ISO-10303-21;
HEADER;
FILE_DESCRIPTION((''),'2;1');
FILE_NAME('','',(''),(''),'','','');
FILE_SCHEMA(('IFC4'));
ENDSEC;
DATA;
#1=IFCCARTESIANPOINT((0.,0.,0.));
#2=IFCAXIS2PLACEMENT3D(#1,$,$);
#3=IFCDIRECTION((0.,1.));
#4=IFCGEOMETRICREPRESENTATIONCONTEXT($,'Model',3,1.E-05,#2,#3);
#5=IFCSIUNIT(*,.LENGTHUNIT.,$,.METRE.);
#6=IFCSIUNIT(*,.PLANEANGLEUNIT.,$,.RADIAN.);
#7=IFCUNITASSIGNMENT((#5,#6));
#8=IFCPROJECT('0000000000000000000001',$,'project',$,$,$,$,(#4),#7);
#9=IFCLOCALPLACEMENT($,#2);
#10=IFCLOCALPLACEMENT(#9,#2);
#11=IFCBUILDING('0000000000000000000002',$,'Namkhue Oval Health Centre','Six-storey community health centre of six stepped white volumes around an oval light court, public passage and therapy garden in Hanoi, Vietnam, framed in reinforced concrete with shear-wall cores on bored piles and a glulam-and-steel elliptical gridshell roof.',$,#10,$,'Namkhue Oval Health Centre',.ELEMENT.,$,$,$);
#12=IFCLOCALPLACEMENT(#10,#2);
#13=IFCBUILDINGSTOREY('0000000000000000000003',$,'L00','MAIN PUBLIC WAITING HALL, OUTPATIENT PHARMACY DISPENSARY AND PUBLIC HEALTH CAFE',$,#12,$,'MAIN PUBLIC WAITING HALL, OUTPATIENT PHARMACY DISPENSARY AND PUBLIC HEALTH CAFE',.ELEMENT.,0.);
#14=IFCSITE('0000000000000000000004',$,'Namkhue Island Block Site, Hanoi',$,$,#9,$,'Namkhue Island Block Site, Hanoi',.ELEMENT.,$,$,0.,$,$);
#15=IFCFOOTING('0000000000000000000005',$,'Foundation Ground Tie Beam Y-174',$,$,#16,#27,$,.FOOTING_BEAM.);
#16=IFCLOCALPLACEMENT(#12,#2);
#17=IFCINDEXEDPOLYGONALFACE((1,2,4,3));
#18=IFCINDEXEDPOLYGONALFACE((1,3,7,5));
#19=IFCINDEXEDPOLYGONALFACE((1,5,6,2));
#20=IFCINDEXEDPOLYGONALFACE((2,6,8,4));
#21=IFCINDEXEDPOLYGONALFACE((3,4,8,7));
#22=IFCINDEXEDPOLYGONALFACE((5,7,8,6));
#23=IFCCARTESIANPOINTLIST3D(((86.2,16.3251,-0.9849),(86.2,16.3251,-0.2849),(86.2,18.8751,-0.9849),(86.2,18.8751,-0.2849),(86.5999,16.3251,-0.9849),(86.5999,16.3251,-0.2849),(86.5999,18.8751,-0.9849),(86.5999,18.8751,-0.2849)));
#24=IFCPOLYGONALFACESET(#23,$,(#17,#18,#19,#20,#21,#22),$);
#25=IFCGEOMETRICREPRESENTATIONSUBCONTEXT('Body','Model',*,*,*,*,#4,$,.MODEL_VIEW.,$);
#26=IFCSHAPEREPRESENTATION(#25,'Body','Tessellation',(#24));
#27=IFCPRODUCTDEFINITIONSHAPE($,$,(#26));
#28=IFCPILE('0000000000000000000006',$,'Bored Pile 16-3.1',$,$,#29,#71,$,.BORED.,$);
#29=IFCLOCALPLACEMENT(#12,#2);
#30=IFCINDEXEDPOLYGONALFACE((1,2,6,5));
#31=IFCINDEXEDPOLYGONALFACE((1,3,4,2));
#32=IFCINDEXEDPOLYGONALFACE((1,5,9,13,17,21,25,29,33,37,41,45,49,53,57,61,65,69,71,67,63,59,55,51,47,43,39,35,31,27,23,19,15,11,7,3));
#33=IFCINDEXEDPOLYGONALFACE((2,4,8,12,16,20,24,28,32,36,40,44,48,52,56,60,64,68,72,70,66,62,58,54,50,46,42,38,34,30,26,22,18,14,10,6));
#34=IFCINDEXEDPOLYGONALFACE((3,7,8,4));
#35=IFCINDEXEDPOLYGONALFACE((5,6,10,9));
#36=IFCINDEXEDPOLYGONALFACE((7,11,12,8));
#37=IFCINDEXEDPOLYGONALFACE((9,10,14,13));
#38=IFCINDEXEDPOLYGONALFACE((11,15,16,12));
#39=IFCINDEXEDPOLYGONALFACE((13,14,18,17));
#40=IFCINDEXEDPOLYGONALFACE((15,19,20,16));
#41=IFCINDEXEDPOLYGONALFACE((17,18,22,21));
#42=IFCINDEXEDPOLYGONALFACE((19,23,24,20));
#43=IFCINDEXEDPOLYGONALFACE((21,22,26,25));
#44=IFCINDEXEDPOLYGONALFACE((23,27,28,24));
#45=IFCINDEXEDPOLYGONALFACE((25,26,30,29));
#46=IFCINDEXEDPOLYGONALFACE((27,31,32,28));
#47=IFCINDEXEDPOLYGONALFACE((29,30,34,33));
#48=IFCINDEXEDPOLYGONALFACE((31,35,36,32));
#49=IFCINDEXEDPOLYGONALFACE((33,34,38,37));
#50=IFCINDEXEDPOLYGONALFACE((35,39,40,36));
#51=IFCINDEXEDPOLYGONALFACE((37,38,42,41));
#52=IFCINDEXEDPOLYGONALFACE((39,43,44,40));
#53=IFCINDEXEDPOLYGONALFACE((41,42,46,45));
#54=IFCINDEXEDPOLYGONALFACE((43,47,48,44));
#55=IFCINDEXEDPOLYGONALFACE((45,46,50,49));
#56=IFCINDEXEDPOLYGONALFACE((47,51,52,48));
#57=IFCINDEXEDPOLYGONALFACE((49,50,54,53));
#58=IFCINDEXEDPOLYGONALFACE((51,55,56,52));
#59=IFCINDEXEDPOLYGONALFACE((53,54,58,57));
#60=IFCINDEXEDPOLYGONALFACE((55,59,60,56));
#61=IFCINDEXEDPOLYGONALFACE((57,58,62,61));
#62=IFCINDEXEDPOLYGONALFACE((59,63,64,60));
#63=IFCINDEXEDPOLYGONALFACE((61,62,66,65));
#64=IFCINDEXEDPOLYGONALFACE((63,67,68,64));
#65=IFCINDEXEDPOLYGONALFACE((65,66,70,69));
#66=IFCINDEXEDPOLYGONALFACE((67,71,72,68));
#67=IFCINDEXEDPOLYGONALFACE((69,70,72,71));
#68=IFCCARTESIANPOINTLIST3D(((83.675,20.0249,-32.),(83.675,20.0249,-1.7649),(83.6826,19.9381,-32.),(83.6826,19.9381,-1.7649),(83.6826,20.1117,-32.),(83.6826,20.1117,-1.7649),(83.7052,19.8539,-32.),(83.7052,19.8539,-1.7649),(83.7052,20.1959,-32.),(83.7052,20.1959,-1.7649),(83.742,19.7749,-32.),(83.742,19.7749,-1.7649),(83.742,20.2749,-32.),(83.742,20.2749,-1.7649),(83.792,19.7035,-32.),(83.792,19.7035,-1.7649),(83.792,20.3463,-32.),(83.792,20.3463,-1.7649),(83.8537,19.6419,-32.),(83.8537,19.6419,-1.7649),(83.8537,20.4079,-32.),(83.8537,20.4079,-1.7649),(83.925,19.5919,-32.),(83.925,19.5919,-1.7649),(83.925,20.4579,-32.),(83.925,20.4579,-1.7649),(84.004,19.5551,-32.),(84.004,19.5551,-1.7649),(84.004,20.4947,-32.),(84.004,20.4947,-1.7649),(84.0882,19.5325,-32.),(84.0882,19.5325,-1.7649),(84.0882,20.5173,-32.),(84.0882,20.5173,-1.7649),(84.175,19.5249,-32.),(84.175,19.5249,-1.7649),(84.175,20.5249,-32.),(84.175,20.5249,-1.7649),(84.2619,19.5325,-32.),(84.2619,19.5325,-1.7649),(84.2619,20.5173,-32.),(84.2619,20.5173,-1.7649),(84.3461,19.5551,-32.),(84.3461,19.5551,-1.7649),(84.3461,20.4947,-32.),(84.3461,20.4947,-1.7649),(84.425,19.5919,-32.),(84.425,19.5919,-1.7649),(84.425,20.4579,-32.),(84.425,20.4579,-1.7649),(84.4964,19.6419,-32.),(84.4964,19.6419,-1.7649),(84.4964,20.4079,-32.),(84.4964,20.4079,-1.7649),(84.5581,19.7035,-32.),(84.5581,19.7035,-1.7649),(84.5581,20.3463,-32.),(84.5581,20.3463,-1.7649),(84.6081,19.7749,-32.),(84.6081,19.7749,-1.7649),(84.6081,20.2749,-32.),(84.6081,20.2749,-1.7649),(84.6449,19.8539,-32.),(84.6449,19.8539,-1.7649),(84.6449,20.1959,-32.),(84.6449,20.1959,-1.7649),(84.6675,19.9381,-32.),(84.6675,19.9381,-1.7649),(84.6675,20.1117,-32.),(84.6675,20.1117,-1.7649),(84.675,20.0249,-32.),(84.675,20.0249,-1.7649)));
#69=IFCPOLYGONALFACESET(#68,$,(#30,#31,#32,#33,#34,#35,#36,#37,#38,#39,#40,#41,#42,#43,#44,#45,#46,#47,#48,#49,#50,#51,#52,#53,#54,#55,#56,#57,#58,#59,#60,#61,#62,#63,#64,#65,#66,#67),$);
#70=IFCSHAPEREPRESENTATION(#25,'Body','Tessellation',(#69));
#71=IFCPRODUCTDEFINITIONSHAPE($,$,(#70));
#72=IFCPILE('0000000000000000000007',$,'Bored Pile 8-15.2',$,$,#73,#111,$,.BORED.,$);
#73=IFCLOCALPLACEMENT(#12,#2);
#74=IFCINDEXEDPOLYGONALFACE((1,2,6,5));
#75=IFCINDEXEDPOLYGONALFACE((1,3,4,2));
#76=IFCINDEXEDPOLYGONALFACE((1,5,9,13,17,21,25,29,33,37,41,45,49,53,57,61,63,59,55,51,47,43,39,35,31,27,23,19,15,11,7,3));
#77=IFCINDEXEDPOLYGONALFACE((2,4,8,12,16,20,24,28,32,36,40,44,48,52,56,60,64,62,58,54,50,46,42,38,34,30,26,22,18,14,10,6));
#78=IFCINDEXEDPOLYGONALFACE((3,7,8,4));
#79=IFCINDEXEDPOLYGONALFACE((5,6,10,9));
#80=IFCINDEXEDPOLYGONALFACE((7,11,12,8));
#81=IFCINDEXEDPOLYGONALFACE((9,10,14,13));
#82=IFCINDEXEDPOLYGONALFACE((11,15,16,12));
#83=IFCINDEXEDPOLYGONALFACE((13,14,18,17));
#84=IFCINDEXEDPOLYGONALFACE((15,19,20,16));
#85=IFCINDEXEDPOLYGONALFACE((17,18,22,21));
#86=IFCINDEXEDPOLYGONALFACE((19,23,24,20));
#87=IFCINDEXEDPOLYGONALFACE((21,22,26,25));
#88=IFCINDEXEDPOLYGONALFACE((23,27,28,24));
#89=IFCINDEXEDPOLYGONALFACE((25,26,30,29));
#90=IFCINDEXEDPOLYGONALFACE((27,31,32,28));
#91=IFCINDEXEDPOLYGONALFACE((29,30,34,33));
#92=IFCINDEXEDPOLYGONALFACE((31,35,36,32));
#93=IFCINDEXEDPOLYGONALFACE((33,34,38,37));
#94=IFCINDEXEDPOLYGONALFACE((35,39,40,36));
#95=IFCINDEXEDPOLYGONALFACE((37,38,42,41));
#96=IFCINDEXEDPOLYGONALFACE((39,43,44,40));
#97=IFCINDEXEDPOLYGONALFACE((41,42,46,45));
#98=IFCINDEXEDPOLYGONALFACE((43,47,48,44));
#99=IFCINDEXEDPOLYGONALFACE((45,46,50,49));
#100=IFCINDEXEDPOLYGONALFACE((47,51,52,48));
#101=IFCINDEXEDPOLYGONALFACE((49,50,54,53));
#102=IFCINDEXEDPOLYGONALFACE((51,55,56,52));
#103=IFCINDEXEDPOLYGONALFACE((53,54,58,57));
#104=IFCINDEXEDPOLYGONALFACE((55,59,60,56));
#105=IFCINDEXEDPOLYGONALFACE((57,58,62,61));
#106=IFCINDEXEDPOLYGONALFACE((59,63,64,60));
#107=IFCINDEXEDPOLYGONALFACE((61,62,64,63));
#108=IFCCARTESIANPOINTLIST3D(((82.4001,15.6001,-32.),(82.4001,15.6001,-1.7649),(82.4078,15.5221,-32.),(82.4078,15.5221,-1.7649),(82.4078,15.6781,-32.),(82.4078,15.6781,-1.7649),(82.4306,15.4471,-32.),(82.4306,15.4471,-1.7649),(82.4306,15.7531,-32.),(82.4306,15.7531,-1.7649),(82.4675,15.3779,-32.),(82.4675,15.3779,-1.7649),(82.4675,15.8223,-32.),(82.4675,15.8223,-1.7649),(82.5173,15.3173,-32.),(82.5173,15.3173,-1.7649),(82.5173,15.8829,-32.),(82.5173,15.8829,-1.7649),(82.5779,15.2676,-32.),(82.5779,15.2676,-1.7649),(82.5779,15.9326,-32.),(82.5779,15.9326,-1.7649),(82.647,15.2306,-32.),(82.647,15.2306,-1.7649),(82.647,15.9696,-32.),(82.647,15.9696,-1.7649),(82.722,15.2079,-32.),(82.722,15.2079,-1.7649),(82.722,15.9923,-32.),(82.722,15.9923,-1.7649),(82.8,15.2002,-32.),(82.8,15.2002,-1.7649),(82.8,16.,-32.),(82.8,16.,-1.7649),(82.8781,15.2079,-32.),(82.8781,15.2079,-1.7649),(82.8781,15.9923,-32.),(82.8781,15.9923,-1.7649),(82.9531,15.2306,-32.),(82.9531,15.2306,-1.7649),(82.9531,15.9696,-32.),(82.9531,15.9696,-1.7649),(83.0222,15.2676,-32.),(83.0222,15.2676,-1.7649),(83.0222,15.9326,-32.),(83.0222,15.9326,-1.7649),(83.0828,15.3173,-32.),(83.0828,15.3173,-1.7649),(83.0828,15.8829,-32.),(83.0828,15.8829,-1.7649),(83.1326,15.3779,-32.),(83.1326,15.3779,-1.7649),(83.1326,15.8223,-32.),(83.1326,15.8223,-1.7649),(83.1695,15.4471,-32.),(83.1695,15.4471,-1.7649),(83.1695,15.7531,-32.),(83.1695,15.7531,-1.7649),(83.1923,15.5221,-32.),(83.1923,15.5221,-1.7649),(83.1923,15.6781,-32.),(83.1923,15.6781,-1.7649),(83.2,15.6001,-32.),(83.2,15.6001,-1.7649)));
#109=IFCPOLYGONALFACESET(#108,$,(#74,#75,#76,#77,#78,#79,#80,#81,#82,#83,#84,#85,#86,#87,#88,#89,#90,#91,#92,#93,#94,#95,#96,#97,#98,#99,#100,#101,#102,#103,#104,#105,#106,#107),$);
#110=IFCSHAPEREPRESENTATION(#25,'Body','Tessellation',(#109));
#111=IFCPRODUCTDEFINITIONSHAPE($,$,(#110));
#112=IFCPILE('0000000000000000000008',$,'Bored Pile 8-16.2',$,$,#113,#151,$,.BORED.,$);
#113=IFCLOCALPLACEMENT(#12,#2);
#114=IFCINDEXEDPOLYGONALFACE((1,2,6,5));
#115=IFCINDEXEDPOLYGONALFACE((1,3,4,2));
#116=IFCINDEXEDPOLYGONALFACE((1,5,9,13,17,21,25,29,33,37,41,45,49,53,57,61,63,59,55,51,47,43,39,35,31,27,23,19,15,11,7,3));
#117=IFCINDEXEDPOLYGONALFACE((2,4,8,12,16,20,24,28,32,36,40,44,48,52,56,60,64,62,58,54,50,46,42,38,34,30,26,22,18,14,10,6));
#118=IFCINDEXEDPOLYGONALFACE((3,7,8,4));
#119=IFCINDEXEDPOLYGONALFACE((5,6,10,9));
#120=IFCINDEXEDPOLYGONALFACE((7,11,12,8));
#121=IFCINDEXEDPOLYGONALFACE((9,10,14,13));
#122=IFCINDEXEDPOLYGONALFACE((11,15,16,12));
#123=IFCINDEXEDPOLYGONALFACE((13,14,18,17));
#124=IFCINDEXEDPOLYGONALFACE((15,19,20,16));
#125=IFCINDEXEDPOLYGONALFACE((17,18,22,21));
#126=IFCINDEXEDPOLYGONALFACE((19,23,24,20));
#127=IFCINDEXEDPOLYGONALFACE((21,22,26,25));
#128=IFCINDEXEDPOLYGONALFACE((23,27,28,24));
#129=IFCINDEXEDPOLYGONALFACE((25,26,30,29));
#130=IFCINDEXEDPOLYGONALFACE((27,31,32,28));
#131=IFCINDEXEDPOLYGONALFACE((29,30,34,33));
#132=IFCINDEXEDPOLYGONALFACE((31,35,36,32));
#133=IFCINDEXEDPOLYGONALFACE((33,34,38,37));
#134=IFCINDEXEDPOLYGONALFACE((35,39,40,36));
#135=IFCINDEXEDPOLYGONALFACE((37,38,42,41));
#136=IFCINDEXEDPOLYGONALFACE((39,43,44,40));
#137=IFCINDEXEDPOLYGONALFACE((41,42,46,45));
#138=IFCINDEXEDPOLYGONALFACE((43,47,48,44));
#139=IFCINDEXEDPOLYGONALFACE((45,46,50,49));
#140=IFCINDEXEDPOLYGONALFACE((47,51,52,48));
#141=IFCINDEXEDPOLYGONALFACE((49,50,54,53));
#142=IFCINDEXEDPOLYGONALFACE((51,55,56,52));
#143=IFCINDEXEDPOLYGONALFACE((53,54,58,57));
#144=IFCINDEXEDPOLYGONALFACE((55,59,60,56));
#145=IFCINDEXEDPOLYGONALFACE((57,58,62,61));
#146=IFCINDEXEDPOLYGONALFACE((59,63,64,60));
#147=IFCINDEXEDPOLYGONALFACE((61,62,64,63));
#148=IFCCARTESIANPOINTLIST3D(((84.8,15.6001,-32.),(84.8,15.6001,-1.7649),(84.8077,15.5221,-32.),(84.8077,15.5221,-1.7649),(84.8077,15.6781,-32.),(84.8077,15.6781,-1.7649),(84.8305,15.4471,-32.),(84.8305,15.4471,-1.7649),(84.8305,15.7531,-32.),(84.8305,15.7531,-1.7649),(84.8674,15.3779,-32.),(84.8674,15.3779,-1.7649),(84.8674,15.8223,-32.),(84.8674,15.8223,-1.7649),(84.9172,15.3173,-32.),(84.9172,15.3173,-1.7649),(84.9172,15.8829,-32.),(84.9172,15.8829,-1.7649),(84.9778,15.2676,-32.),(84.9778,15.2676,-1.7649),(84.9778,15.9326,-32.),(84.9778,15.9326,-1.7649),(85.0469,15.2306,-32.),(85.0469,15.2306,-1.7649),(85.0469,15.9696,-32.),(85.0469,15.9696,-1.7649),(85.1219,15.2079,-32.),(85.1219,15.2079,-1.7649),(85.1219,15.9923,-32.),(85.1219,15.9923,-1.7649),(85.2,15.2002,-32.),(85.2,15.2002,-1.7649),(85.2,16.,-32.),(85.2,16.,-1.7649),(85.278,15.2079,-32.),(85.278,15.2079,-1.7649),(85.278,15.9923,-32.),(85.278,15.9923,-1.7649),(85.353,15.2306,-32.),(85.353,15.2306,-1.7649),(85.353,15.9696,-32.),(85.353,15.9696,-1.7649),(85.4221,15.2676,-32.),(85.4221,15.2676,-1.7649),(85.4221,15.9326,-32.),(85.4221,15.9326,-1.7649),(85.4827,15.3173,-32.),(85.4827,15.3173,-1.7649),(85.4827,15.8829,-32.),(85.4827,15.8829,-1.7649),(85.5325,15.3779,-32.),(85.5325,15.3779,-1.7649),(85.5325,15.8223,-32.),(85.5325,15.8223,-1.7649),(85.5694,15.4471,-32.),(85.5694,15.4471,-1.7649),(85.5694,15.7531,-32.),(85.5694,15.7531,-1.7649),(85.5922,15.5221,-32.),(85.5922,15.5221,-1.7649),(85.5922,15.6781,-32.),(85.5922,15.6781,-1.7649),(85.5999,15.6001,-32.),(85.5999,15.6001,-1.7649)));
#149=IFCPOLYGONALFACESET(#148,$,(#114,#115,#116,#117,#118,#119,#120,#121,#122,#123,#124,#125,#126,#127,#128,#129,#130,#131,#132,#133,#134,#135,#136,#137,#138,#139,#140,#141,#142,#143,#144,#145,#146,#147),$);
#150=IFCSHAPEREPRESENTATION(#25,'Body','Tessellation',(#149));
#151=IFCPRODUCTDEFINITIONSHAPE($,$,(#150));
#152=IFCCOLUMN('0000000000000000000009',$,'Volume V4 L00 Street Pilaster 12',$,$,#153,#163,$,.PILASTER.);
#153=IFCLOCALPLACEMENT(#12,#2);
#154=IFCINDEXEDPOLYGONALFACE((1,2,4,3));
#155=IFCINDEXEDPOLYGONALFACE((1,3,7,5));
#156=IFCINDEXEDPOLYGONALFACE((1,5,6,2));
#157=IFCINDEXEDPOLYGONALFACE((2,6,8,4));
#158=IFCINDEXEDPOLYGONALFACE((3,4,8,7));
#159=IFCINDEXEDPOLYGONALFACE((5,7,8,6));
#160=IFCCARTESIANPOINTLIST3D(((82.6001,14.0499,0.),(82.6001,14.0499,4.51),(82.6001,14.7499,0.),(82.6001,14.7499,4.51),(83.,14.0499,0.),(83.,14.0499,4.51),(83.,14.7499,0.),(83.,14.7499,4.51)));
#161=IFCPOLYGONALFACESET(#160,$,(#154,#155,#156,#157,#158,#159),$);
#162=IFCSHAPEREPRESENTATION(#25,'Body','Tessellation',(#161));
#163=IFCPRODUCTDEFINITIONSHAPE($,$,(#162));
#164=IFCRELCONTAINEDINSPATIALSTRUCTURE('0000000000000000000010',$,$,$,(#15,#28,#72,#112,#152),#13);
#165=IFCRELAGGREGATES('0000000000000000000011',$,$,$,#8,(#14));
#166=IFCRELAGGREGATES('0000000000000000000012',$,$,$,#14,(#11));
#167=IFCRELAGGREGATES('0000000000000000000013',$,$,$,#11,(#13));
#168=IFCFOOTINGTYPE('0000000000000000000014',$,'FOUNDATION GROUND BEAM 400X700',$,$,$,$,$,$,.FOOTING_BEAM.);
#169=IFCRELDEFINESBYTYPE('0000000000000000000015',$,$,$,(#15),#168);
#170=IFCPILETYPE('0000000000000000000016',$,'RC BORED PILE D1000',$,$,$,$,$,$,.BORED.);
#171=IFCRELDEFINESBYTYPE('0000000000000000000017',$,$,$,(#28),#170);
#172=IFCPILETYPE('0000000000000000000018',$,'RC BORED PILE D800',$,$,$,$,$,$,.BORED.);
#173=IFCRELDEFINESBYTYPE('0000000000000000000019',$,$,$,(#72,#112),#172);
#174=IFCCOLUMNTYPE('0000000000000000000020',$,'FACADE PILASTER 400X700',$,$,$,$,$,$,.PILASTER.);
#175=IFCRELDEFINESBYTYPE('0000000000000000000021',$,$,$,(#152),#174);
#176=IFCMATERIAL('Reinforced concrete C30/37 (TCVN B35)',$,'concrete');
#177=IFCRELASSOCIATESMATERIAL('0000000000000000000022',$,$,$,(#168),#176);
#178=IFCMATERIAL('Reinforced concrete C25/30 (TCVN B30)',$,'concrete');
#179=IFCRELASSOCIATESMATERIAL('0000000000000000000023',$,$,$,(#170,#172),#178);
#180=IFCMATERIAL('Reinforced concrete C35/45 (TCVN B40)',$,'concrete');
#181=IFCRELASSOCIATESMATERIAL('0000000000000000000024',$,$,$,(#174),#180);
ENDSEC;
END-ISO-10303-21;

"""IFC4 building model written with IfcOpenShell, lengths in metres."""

from ifc_helpers import new_model, si_unit, direction, frame, origin, origin_2d, place, context, subcontext, project, spatial, rectangle, circle, extrude, material, material_profile, profile_set, type_object, element, save


model = new_model("IFC4")

# Units and contexts
model_context = context("Model", 3, precision=1e-05, world=origin(), true_north=direction((0.0, 1.0)))
body_context = subcontext(model_context, "Body", "Model", "MODEL_VIEW")
ifc_project = project(units=[si_unit("LENGTHUNIT", "METRE"), si_unit("PLANEANGLEUNIT", "RADIAN")], contexts=[model_context])

# Site, building, storey
site_placement = place(None, origin())
site = spatial("IfcSite", under=ifc_project, at=site_placement, Name="Namkhue Island Block Site, Hanoi", LongName="Namkhue Island Block Site, Hanoi", CompositionType="ELEMENT", RefElevation=0.0)
building_placement = place(site_placement, origin())
building = spatial("IfcBuilding", under=site, at=building_placement, Name="Namkhue Oval Health Centre", Description="Six-storey community health centre of six stepped white volumes around an oval light court, public passage and therapy garden in Hanoi, Vietnam, framed in reinforced concrete with shear-wall cores on bored piles and a glulam-and-steel elliptical gridshell roof.", LongName="Namkhue Oval Health Centre", CompositionType="ELEMENT")
storey_placement = place(building_placement, origin())
storey = spatial("IfcBuildingStorey", under=building, at=storey_placement, Name="L00", Description="MAIN PUBLIC WAITING HALL, OUTPATIENT PHARMACY DISPENSARY AND PUBLIC HEALTH CAFE", LongName="MAIN PUBLIC WAITING HALL, OUTPATIENT PHARMACY DISPENSARY AND PUBLIC HEALTH CAFE", CompositionType="ELEMENT", Elevation=0.0)

# Footing
ifc_material_1 = material(Name="Reinforced concrete C30/37 (TCVN B35)", Category="concrete")
footing_type = type_object("IfcFootingType", Name="FOUNDATION GROUND BEAM 400X700", PredefinedType="FOOTING_BEAM", material=ifc_material_1)
footing_placement = place(storey_placement, frame((86.3999, 17.6001, -0.9849), z_axis=(0.0, 0.0, 1.0), x_axis=(0.0, 1.0, 0.0)))
element("IfcFooting", 1, at=footing_placement, inside=storey, type_object=footing_type, Name="Foundation Ground Tie Beam Y-174", PredefinedType="FOOTING_BEAM", context=body_context, shape_type="SweptSolid", body=[
    extrude(rectangle(XDim=2.55, YDim=0.3999, at=origin_2d()), origin(), (0.0, 0.0, 1.0), 0.7),
])

# Piles
ifc_material_2 = material(Name="Reinforced concrete C25/30 (TCVN B30)", Category="concrete")
ifc_material_profile_1 = material_profile(ifc_material_2, circle(Radius=0.5, at=origin_2d()), Name="BORED PILE D1000")
ifc_profile_set_1 = profile_set([ifc_material_profile_1], Name="Reinforced concrete C25/30 (TCVN B30)")
pile_type_1 = type_object("IfcPileType", Name="RC BORED PILE D1000", PredefinedType="BORED", material=ifc_profile_set_1)
pile_placement = place(storey_placement, frame((84.175, 20.0249, -1.7649), z_axis=(0.0, 0.0, -1.0), x_axis=(1.0, 0.0, 0.0)))
element("IfcPile", 2, at=pile_placement, inside=storey, type_object=pile_type_1, Name="Bored Pile 16-3.1", PredefinedType="BORED", context=body_context, shape_type="SweptSolid", body=[
    extrude(circle(Radius=0.5, at=origin_2d()), origin(), (0.0, 0.0, 1.0), 30.2351),
])
ifc_material_profile_2 = material_profile(ifc_material_2, circle(Radius=0.3999, at=origin_2d()), Name="BORED PILE D800")
ifc_profile_set_2 = profile_set([ifc_material_profile_2], Name="Reinforced concrete C25/30 (TCVN B30)")
pile_type_2 = type_object("IfcPileType", Name="RC BORED PILE D800", PredefinedType="BORED", material=ifc_profile_set_2)
for number, where, z_axis, x_axis, name in (
    (3, (82.8, 15.6001, -1.7649), (0.0, 0.0, -1.0), (1.0, 0.0, 0.0), "Bored Pile 8-15.2"),
    (4, (85.2, 15.6001, -1.7649), (0.0, 0.0, -1.0), (1.0, 0.0, 0.0), "Bored Pile 8-16.2"),
):
    element("IfcPile", number, at=place(storey_placement, frame(where, z_axis=z_axis, x_axis=x_axis)), inside=storey, type_object=pile_type_2, Name=name, PredefinedType="BORED", context=body_context, shape_type="SweptSolid", body=[
        extrude(circle(Radius=0.3999, at=origin_2d()), origin(), (0.0, 0.0, 1.0), 30.2351),
    ])

# Column
ifc_material_3 = material(Name="Reinforced concrete C35/45 (TCVN B40)", Category="concrete")
ifc_material_profile_3 = material_profile(ifc_material_3, rectangle(XDim=0.3999, YDim=0.7, at=origin_2d()), Name="RC 400x700")
ifc_profile_set_3 = profile_set([ifc_material_profile_3], Name="Reinforced concrete C35/45 (TCVN B40)")
column_type_1 = type_object("IfcColumnType", Name="FACADE PILASTER 400X700", PredefinedType="PILASTER", material=ifc_profile_set_3)
column_1_placement = place(storey_placement, frame((82.8, 14.3999, 0.0), z_axis=(0.0, 0.0, 1.0), x_axis=(1.0, 0.0, 0.0)))
element("IfcColumn", 5, at=column_1_placement, inside=storey, type_object=column_type_1, Name="Volume V4 L00 Street Pilaster 12", PredefinedType="PILASTER", context=body_context, shape_type="SweptSolid", body=[
    extrude(rectangle(XDim=0.3999, YDim=0.7, at=origin_2d()), origin(), (0.0, 0.0, 1.0), 4.51),
])

save(model, "model.ifc")
